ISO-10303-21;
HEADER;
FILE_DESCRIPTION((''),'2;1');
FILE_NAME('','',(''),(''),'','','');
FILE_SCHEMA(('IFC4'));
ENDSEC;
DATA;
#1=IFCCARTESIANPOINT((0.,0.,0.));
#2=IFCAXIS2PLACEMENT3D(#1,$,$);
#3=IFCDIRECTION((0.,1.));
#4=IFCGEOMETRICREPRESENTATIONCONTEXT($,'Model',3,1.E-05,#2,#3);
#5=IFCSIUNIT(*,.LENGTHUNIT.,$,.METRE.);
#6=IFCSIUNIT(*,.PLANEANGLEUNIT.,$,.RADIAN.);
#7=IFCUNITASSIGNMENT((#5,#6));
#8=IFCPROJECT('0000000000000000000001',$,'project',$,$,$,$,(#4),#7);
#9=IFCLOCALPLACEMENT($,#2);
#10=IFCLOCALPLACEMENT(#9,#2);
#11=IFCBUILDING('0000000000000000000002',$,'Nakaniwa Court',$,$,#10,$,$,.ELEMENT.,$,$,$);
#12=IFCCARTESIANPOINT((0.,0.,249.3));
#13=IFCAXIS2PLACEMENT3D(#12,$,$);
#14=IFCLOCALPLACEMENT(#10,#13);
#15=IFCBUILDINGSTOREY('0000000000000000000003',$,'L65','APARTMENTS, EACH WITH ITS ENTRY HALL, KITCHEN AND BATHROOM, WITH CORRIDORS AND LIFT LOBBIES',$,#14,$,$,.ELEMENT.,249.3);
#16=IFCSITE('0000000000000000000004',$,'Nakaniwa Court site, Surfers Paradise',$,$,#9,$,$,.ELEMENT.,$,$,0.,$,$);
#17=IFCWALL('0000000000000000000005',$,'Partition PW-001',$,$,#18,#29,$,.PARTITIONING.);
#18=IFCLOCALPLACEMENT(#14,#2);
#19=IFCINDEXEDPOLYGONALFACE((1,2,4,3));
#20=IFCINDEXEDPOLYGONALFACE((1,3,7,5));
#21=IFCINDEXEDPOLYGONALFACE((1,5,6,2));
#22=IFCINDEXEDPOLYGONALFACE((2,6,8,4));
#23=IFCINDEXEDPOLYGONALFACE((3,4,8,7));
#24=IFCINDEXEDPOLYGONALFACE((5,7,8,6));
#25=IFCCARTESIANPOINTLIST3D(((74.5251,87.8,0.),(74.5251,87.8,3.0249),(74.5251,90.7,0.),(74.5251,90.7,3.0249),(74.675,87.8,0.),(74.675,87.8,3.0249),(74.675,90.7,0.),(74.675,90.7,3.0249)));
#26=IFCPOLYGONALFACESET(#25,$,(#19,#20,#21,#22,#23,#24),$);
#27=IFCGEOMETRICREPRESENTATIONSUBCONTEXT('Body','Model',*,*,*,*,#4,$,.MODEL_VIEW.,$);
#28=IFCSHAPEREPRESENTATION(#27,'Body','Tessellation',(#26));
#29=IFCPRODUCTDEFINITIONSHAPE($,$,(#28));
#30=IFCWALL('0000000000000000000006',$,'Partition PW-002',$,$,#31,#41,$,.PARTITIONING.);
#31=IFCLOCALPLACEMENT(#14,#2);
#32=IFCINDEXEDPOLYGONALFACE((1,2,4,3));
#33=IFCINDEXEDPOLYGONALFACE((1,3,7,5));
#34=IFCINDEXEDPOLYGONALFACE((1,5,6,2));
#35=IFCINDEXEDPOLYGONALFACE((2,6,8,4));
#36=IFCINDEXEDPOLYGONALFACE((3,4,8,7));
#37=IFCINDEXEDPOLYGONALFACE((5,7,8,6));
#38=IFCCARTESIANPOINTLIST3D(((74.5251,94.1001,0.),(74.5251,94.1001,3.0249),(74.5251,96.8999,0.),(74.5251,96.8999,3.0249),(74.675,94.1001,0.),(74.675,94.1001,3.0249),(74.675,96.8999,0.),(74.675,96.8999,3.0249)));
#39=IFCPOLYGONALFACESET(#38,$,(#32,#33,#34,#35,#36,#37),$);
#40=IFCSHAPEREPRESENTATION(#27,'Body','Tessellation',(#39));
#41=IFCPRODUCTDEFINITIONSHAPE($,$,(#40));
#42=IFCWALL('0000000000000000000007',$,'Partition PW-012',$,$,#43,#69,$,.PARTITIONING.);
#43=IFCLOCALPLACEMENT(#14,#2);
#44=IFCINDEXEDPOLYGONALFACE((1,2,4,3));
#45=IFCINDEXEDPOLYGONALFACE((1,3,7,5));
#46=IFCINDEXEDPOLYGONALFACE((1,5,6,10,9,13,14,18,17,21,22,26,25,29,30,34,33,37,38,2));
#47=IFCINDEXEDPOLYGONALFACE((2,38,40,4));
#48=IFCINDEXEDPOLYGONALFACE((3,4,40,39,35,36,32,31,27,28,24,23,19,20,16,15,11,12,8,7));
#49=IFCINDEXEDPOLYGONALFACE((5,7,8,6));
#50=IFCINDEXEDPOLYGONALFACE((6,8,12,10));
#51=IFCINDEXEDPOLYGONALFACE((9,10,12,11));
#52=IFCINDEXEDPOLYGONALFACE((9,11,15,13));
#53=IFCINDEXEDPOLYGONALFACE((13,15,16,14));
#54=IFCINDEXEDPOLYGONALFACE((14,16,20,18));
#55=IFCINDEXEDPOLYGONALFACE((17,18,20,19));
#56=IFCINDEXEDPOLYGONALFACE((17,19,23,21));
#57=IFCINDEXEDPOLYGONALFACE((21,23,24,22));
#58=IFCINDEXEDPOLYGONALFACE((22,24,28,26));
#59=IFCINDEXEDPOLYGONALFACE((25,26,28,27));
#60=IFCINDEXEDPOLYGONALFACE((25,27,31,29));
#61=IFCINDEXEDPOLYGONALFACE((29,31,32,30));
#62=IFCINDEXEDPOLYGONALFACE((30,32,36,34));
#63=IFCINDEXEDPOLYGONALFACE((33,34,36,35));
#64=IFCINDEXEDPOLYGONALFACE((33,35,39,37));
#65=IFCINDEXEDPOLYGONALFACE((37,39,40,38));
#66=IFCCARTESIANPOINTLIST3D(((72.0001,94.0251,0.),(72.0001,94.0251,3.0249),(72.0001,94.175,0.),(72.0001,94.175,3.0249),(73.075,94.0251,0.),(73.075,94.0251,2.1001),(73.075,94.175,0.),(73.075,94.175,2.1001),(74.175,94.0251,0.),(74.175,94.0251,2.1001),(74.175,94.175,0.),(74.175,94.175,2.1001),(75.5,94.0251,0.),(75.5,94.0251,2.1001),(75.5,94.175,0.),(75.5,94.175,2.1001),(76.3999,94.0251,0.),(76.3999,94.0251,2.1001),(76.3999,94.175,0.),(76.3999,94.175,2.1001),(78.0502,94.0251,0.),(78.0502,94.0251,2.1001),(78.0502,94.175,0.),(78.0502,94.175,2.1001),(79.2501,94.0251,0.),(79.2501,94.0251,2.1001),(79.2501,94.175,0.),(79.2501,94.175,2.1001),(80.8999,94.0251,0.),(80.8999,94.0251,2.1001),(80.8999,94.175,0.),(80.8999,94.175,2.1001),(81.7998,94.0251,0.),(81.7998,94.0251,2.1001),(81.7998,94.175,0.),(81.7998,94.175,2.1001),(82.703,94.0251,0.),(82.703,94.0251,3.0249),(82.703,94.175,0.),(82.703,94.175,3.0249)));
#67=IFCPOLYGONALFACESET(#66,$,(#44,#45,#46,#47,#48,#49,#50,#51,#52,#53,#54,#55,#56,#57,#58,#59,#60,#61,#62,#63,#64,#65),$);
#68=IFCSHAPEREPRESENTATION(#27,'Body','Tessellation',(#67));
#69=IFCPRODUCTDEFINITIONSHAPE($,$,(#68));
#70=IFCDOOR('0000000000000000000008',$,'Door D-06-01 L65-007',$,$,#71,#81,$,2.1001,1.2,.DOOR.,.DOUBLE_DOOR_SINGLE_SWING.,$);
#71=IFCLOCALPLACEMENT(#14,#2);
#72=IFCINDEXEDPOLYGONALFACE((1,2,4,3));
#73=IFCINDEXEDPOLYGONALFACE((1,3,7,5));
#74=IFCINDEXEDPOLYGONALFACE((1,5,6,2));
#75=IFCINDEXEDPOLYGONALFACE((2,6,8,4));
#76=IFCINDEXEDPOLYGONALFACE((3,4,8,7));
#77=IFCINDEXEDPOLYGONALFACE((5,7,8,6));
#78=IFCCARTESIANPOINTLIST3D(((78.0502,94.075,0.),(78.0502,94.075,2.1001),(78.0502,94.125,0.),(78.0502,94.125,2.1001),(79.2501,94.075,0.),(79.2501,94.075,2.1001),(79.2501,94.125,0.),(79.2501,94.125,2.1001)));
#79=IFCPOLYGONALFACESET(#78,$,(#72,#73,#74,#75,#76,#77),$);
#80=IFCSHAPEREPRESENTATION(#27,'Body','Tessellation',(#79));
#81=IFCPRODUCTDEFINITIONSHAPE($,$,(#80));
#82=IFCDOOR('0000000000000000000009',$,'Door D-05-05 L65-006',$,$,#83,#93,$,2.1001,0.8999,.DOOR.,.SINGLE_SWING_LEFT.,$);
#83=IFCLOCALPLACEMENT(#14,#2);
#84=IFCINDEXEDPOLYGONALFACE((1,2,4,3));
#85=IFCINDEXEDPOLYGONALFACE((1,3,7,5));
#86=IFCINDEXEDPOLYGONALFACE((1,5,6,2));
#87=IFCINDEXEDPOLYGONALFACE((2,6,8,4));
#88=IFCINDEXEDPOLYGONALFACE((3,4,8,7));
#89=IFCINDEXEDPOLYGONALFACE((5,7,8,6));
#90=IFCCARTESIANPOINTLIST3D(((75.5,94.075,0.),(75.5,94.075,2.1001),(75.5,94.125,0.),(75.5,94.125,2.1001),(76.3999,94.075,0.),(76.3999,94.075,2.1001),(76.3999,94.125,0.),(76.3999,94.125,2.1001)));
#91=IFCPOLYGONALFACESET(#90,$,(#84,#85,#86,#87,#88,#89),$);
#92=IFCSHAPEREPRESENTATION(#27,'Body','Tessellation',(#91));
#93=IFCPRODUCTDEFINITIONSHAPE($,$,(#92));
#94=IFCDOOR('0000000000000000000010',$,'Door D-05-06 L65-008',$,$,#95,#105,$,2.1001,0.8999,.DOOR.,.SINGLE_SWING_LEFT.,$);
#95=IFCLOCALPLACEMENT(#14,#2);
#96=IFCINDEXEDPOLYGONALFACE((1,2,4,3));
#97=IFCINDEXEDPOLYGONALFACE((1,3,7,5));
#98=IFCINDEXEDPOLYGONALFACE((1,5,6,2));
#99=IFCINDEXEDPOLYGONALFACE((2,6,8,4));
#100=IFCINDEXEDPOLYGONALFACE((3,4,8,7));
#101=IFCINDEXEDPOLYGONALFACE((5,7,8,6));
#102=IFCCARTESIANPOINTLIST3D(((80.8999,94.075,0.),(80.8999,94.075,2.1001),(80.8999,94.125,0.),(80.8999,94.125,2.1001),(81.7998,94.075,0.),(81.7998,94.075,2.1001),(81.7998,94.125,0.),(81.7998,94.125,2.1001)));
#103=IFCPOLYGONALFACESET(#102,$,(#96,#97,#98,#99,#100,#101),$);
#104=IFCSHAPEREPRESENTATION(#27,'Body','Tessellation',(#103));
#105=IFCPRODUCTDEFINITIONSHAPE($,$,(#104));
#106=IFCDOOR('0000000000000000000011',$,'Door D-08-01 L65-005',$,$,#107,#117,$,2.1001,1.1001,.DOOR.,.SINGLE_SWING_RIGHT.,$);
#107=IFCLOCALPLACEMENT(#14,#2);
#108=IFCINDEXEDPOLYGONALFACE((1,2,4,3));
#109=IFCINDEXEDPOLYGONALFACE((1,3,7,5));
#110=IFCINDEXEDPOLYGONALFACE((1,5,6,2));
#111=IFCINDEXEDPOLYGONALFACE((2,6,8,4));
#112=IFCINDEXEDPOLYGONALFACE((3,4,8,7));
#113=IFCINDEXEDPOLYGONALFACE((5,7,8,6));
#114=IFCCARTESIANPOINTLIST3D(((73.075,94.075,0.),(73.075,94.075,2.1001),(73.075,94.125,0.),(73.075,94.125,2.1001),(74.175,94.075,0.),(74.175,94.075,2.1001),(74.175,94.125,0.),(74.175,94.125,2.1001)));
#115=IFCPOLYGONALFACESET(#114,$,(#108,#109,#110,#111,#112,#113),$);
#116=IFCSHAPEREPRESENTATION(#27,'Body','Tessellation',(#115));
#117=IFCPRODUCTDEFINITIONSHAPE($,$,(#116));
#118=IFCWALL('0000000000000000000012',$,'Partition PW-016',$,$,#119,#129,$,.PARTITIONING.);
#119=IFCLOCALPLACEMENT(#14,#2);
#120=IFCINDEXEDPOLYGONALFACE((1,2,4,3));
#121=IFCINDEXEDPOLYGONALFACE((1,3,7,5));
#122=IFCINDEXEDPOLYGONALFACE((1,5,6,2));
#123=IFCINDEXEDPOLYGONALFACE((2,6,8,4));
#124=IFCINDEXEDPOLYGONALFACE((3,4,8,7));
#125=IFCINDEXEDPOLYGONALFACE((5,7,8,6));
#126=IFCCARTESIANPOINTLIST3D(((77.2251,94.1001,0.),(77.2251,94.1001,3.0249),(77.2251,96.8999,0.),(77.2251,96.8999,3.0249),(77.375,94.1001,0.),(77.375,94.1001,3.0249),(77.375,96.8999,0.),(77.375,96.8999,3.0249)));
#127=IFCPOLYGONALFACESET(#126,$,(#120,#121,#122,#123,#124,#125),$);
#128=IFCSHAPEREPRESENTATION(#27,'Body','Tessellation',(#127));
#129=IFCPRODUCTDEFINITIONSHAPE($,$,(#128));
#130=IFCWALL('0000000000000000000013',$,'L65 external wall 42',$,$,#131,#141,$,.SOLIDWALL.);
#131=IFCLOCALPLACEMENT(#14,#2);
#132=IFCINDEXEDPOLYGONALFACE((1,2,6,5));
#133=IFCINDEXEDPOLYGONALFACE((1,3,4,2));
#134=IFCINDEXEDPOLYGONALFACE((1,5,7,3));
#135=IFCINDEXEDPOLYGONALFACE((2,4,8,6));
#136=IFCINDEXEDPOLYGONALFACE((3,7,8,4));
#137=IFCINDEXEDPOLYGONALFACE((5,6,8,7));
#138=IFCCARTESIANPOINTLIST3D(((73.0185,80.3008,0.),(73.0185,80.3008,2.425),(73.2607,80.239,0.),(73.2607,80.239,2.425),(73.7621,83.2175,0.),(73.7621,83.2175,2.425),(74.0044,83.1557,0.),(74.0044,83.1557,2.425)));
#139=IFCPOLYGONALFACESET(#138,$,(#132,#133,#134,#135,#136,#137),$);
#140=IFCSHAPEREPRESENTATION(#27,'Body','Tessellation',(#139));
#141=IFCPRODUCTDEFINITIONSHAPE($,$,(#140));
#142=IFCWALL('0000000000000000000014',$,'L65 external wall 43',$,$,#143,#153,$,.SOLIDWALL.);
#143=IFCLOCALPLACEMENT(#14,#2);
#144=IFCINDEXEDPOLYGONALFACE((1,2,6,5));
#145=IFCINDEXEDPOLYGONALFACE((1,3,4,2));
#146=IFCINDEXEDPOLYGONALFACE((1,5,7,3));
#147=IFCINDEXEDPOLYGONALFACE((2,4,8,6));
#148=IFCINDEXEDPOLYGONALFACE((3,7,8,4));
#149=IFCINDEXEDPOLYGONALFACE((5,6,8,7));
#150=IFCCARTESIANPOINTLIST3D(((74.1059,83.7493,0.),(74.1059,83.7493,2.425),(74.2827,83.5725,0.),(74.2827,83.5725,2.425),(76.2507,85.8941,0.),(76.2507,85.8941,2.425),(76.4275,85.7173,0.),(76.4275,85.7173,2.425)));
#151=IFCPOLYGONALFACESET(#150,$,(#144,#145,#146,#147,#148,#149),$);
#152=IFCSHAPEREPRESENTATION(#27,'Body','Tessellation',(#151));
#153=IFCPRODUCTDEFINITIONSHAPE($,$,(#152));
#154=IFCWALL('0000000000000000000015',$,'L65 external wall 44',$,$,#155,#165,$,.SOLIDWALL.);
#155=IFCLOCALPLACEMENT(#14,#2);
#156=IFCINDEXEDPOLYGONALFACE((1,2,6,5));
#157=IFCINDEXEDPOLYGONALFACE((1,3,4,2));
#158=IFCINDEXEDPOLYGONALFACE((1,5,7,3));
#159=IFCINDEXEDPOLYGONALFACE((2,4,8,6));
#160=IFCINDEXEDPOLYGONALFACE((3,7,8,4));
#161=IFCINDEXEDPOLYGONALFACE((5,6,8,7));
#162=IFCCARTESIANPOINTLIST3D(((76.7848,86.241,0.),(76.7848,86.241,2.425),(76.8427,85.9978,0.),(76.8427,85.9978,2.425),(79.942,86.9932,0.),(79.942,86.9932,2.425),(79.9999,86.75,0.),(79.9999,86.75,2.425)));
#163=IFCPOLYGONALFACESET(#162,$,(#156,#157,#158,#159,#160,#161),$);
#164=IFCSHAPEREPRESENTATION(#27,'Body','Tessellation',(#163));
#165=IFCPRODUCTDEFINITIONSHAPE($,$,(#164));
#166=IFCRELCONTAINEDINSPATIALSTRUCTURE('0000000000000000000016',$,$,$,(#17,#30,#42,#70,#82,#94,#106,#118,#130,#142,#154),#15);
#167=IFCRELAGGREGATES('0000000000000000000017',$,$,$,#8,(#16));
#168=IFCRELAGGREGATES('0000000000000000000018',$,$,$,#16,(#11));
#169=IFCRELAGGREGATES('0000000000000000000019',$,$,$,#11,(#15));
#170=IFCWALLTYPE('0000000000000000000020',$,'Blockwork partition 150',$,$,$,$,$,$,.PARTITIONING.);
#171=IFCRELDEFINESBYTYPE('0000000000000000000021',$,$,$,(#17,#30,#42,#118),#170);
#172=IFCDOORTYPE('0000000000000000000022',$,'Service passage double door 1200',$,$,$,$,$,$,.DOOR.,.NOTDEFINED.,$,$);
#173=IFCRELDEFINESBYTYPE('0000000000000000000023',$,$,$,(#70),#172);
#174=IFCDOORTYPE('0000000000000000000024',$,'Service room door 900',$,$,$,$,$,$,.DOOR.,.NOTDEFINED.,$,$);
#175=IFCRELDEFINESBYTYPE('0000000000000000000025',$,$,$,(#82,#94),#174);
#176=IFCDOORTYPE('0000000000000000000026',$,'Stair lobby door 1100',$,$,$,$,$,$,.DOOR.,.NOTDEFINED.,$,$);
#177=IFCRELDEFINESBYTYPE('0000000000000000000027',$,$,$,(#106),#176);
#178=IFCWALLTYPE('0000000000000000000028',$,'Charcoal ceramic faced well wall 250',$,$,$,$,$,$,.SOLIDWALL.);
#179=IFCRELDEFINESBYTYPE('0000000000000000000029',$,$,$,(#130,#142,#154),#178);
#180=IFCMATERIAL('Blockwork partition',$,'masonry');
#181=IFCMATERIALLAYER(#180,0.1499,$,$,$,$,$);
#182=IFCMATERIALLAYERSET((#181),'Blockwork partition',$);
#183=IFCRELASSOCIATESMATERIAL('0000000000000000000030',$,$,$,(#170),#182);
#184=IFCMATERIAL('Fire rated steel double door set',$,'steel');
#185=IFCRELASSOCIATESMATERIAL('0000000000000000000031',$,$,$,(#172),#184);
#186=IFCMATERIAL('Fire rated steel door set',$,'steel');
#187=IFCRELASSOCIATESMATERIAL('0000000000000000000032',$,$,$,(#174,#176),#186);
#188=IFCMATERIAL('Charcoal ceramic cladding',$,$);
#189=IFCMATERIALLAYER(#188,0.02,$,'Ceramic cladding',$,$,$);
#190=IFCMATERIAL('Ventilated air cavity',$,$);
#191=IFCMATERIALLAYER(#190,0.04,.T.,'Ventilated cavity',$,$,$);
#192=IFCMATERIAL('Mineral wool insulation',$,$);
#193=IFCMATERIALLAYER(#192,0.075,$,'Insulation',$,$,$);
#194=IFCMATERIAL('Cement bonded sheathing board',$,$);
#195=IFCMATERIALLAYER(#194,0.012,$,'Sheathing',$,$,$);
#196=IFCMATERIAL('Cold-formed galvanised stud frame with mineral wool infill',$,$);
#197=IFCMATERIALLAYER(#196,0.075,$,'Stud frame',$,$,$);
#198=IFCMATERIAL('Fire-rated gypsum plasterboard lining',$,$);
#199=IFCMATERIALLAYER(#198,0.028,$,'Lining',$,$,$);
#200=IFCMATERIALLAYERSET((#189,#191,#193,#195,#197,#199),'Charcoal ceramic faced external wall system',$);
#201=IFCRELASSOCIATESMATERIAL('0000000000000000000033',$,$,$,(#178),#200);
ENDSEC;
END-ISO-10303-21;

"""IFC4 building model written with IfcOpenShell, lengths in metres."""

from ifc_helpers import new_model, si_unit, direction, frame, frame_2d, origin, place, context, subcontext, project, spatial, rectangle, extrude, material, layer, layer_set, type_object, element, fill, save


model = new_model("IFC4")

# Units and contexts
model_context = context("Model", 3, precision=1e-05, world=origin(), true_north=direction((0.0, 1.0)))
body_context = subcontext(model_context, "Body", "Model", "MODEL_VIEW")
ifc_project = project(units=[si_unit("LENGTHUNIT", "METRE"), si_unit("PLANEANGLEUNIT", "RADIAN")], contexts=[model_context])

# Site, building, storey
site_placement = place(None, origin())
site = spatial("IfcSite", under=ifc_project, at=site_placement, Name="Nakaniwa Court site, Surfers Paradise", CompositionType="ELEMENT", RefElevation=0.0)
building_placement = place(site_placement, origin())
building = spatial("IfcBuilding", under=site, at=building_placement, Name="Nakaniwa Court", CompositionType="ELEMENT")
storey_placement = place(building_placement, frame((0.0, 0.0, 249.3)))
storey = spatial("IfcBuildingStorey", under=building, at=storey_placement, Name="L65", Description="APARTMENTS, EACH WITH ITS ENTRY HALL, KITCHEN AND BATHROOM, WITH CORRIDORS AND LIFT LOBBIES", CompositionType="ELEMENT", Elevation=249.3)

# Walls
ifc_material_1 = material(Name="Blockwork partition", Category="masonry")
ifc_layer_1 = layer(ifc_material_1, 0.1499)
ifc_layer_set_1 = layer_set([ifc_layer_1], Name="Blockwork partition")
wall_type_1 = type_object("IfcWallType", Name="Blockwork partition 150", PredefinedType="PARTITIONING", material=ifc_layer_set_1)
wall_1_placement = place(storey_placement, frame((74.6001, 87.8, 0.0), z_axis=(0.0, 0.0, 1.0), x_axis=(0.0, 1.0, 0.0)))
element("IfcWall", 1, at=wall_1_placement, inside=storey, type_object=wall_type_1, Name="Partition PW-001", PredefinedType="PARTITIONING", context=body_context, shape_type="SweptSolid", body=[
    extrude(rectangle(XDim=2.8999, YDim=0.1499, at=frame_2d((1.45, 0.0))), origin(), (0.0, 0.0, 1.0), 3.0249),
])
wall_2_placement = place(storey_placement, frame((74.6001, 94.1001, 0.0), z_axis=(0.0, 0.0, 1.0), x_axis=(0.0, 1.0, 0.0)))
element("IfcWall", 2, at=wall_2_placement, inside=storey, type_object=wall_type_1, Name="Partition PW-002", PredefinedType="PARTITIONING", context=body_context, shape_type="SweptSolid", body=[
    extrude(rectangle(XDim=2.7998, YDim=0.1499, at=frame_2d((1.3999, 0.0))), origin(), (0.0, 0.0, 1.0), 3.0249),
])

# Wall, openings, doors
wall_3_placement = place(storey_placement, frame((72.0, 94.1001, 0.0), z_axis=(0.0, 0.0, 1.0), x_axis=(1.0, 0.0, 0.0)))
wall_3 = element("IfcWall", 3, at=wall_3_placement, inside=storey, type_object=wall_type_1, Name="Partition PW-012", PredefinedType="PARTITIONING", context=body_context, shape_type="SweptSolid", body=[
    extrude(rectangle(XDim=10.7029, YDim=0.1499, at=frame_2d((5.3516, 0.0))), origin(), (0.0, 0.0, 1.0), 3.0249),
])
opening_1_placement = place(wall_3_placement, frame((1.075, 0.0, 0.0)))
opening_1 = element("IfcOpeningElement", 4, at=opening_1_placement, cuts=wall_3, PredefinedType="OPENING", context=body_context, shape_type="SweptSolid", body=[
    extrude(rectangle(XDim=1.1001, YDim=2.1001, at=frame_2d((0.55, 1.05))), frame((0.0, 0.085, 0.0), z_axis=(0.0, -1.0, 0.0), x_axis=(1.0, 0.0, 0.0)), (0.0, 0.0, 1.0), 0.1699),
])
opening_2_placement = place(wall_3_placement, frame((3.5, 0.0, 0.0)))
opening_2 = element("IfcOpeningElement", 5, at=opening_2_placement, cuts=wall_3, PredefinedType="OPENING", context=body_context, shape_type="SweptSolid", body=[
    extrude(rectangle(XDim=0.8999, YDim=2.1001, at=frame_2d((0.45, 1.05))), frame((0.0, 0.085, 0.0), z_axis=(0.0, -1.0, 0.0), x_axis=(1.0, 0.0, 0.0)), (0.0, 0.0, 1.0), 0.1699),
])
opening_3_placement = place(wall_3_placement, frame((6.05, 0.0, 0.0)))
opening_3 = element("IfcOpeningElement", 6, at=opening_3_placement, cuts=wall_3, PredefinedType="OPENING", context=body_context, shape_type="SweptSolid", body=[
    extrude(rectangle(XDim=1.2, YDim=2.1001, at=frame_2d((0.6001, 1.05))), frame((0.0, 0.085, 0.0), z_axis=(0.0, -1.0, 0.0), x_axis=(1.0, 0.0, 0.0)), (0.0, 0.0, 1.0), 0.1699),
])
opening_4_placement = place(wall_3_placement, frame((8.8999, 0.0, 0.0)))
opening_4 = element("IfcOpeningElement", 7, at=opening_4_placement, cuts=wall_3, PredefinedType="OPENING", context=body_context, shape_type="SweptSolid", body=[
    extrude(rectangle(XDim=0.8999, YDim=2.1001, at=frame_2d((0.45, 1.05))), frame((0.0, 0.085, 0.0), z_axis=(0.0, -1.0, 0.0), x_axis=(1.0, 0.0, 0.0)), (0.0, 0.0, 1.0), 0.1699),
])
ifc_material_2 = material(Name="Fire rated steel double door set", Category="steel")
door_type_1 = type_object("IfcDoorType", Name="Service passage double door 1200", OperationType="NOTDEFINED", PredefinedType="DOOR", material=ifc_material_2)
door_1_placement = place(opening_3_placement, origin())
door_1 = element("IfcDoor", 8, at=door_1_placement, inside=storey, type_object=door_type_1, Name="Door D-06-01 L65-007", OperationType="DOUBLE_DOOR_SINGLE_SWING", OverallHeight=2.1001, OverallWidth=1.2, PredefinedType="DOOR", context=body_context, shape_type="SweptSolid", body=[
    extrude(rectangle(XDim=1.2, YDim=2.1001, at=frame_2d((0.6001, 1.05))), frame((0.0, 0.0249, 0.0), z_axis=(0.0, -1.0, 0.0), x_axis=(1.0, 0.0, 0.0)), (0.0, 0.0, 1.0), 0.05),
])
fill(opening_3, door_1)
ifc_material_3 = material(Name="Fire rated steel door set", Category="steel")
door_type_2 = type_object("IfcDoorType", Name="Service room door 900", OperationType="NOTDEFINED", PredefinedType="DOOR", material=ifc_material_3)
door_2_placement = place(opening_2_placement, origin())
door_2 = element("IfcDoor", 9, at=door_2_placement, inside=storey, type_object=door_type_2, Name="Door D-05-05 L65-006", OperationType="SINGLE_SWING_LEFT", OverallHeight=2.1001, OverallWidth=0.8999, PredefinedType="DOOR", context=body_context, shape_type="SweptSolid", body=[
    extrude(rectangle(XDim=0.8999, YDim=2.1001, at=frame_2d((0.45, 1.05))), frame((0.0, 0.0249, 0.0), z_axis=(0.0, -1.0, 0.0), x_axis=(1.0, 0.0, 0.0)), (0.0, 0.0, 1.0), 0.05),
])
fill(opening_2, door_2)
door_3_placement = place(opening_4_placement, origin())
door_3 = element("IfcDoor", 10, at=door_3_placement, inside=storey, type_object=door_type_2, Name="Door D-05-06 L65-008", OperationType="SINGLE_SWING_LEFT", OverallHeight=2.1001, OverallWidth=0.8999, PredefinedType="DOOR", context=body_context, shape_type="SweptSolid", body=[
    extrude(rectangle(XDim=0.8999, YDim=2.1001, at=frame_2d((0.45, 1.05))), frame((0.0, 0.0249, 0.0), z_axis=(0.0, -1.0, 0.0), x_axis=(1.0, 0.0, 0.0)), (0.0, 0.0, 1.0), 0.05),
])
fill(opening_4, door_3)
door_type_3 = type_object("IfcDoorType", Name="Stair lobby door 1100", OperationType="NOTDEFINED", PredefinedType="DOOR", material=ifc_material_3)
door_4_placement = place(opening_1_placement, origin())
door_4 = element("IfcDoor", 11, at=door_4_placement, inside=storey, type_object=door_type_3, Name="Door D-08-01 L65-005", OperationType="SINGLE_SWING_RIGHT", OverallHeight=2.1001, OverallWidth=1.1001, PredefinedType="DOOR", context=body_context, shape_type="SweptSolid", body=[
    extrude(rectangle(XDim=1.1001, YDim=2.1001, at=frame_2d((0.55, 1.05))), frame((0.0, 0.0249, 0.0), z_axis=(0.0, -1.0, 0.0), x_axis=(1.0, 0.0, 0.0)), (0.0, 0.0, 1.0), 0.05),
])
fill(opening_1, door_4)

# Walls
wall_4_placement = place(storey_placement, frame((77.3, 94.1001, 0.0), z_axis=(0.0, 0.0, 1.0), x_axis=(0.0, 1.0, 0.0)))
element("IfcWall", 12, at=wall_4_placement, inside=storey, type_object=wall_type_1, Name="Partition PW-016", PredefinedType="PARTITIONING", context=body_context, shape_type="SweptSolid", body=[
    extrude(rectangle(XDim=2.7998, YDim=0.1499, at=frame_2d((1.3999, 0.0))), origin(), (0.0, 0.0, 1.0), 3.0249),
])
ifc_material_4 = material(Name="Charcoal ceramic cladding")
ifc_layer_2 = layer(ifc_material_4, 0.02, Name="Ceramic cladding")
ifc_material_5 = material(Name="Ventilated air cavity")
ifc_layer_3 = layer(ifc_material_5, 0.04, ventilated=True, Name="Ventilated cavity")
ifc_material_6 = material(Name="Mineral wool insulation")
ifc_layer_4 = layer(ifc_material_6, 0.075, Name="Insulation")
ifc_material_7 = material(Name="Cement bonded sheathing board")
ifc_layer_5 = layer(ifc_material_7, 0.012, Name="Sheathing")
ifc_material_8 = material(Name="Cold-formed galvanised stud frame with mineral wool infill")
ifc_layer_6 = layer(ifc_material_8, 0.075, Name="Stud frame")
ifc_material_9 = material(Name="Fire-rated gypsum plasterboard lining")
ifc_layer_7 = layer(ifc_material_9, 0.028, Name="Lining")
ifc_layer_set_2 = layer_set([ifc_layer_2, ifc_layer_3, ifc_layer_4, ifc_layer_5, ifc_layer_6, ifc_layer_7], Name="Charcoal ceramic faced external wall system")
wall_type_2 = type_object("IfcWallType", Name="Charcoal ceramic faced well wall 250", PredefinedType="SOLIDWALL", material=ifc_layer_set_2)
wall_5_placement = place(storey_placement, frame((73.1396, 80.27, 0.0), z_axis=(0.0, 0.0, 1.0), x_axis=(0.247056, 0.969001, 0.0)))
element("IfcWall", 13, at=wall_5_placement, inside=storey, type_object=wall_type_2, Name="L65 external wall 42", PredefinedType="SOLIDWALL", context=body_context, shape_type="SweptSolid", body=[
    extrude(rectangle(XDim=3.01, YDim=0.25, at=frame_2d((1.5049, 0.0))), origin(), (0.0, 0.0, 1.0), 2.425),
])
wall_6_placement = place(storey_placement, frame((74.1943, 83.6609, 0.0), z_axis=(0.0, 0.0, 1.0), x_axis=(0.707107, 0.707107, 0.0)))
element("IfcWall", 14, at=wall_6_placement, inside=storey, type_object=wall_type_2, Name="L65 external wall 43", PredefinedType="SOLIDWALL", context=body_context, shape_type="SweptSolid", body=[
    extrude(rectangle(XDim=3.0332, YDim=0.25, at=frame_2d((1.5166, 0.0))), origin(), (0.0, 0.0, 1.0), 2.425),
])
wall_7_placement = place(storey_placement, frame((76.8137, 86.1194, 0.0), z_axis=(0.0, 0.0, 1.0), x_axis=(0.972773, 0.23176, 0.0)))
element("IfcWall", 15, at=wall_7_placement, inside=storey, type_object=wall_type_2, Name="L65 external wall 44", PredefinedType="SOLIDWALL", context=body_context, shape_type="SweptSolid", body=[
    extrude(rectangle(XDim=3.2456, YDim=0.25, at=frame_2d((1.6228, 0.0))), origin(), (0.0, 0.0, 1.0), 2.425),
])

save(model, "model.ifc")
